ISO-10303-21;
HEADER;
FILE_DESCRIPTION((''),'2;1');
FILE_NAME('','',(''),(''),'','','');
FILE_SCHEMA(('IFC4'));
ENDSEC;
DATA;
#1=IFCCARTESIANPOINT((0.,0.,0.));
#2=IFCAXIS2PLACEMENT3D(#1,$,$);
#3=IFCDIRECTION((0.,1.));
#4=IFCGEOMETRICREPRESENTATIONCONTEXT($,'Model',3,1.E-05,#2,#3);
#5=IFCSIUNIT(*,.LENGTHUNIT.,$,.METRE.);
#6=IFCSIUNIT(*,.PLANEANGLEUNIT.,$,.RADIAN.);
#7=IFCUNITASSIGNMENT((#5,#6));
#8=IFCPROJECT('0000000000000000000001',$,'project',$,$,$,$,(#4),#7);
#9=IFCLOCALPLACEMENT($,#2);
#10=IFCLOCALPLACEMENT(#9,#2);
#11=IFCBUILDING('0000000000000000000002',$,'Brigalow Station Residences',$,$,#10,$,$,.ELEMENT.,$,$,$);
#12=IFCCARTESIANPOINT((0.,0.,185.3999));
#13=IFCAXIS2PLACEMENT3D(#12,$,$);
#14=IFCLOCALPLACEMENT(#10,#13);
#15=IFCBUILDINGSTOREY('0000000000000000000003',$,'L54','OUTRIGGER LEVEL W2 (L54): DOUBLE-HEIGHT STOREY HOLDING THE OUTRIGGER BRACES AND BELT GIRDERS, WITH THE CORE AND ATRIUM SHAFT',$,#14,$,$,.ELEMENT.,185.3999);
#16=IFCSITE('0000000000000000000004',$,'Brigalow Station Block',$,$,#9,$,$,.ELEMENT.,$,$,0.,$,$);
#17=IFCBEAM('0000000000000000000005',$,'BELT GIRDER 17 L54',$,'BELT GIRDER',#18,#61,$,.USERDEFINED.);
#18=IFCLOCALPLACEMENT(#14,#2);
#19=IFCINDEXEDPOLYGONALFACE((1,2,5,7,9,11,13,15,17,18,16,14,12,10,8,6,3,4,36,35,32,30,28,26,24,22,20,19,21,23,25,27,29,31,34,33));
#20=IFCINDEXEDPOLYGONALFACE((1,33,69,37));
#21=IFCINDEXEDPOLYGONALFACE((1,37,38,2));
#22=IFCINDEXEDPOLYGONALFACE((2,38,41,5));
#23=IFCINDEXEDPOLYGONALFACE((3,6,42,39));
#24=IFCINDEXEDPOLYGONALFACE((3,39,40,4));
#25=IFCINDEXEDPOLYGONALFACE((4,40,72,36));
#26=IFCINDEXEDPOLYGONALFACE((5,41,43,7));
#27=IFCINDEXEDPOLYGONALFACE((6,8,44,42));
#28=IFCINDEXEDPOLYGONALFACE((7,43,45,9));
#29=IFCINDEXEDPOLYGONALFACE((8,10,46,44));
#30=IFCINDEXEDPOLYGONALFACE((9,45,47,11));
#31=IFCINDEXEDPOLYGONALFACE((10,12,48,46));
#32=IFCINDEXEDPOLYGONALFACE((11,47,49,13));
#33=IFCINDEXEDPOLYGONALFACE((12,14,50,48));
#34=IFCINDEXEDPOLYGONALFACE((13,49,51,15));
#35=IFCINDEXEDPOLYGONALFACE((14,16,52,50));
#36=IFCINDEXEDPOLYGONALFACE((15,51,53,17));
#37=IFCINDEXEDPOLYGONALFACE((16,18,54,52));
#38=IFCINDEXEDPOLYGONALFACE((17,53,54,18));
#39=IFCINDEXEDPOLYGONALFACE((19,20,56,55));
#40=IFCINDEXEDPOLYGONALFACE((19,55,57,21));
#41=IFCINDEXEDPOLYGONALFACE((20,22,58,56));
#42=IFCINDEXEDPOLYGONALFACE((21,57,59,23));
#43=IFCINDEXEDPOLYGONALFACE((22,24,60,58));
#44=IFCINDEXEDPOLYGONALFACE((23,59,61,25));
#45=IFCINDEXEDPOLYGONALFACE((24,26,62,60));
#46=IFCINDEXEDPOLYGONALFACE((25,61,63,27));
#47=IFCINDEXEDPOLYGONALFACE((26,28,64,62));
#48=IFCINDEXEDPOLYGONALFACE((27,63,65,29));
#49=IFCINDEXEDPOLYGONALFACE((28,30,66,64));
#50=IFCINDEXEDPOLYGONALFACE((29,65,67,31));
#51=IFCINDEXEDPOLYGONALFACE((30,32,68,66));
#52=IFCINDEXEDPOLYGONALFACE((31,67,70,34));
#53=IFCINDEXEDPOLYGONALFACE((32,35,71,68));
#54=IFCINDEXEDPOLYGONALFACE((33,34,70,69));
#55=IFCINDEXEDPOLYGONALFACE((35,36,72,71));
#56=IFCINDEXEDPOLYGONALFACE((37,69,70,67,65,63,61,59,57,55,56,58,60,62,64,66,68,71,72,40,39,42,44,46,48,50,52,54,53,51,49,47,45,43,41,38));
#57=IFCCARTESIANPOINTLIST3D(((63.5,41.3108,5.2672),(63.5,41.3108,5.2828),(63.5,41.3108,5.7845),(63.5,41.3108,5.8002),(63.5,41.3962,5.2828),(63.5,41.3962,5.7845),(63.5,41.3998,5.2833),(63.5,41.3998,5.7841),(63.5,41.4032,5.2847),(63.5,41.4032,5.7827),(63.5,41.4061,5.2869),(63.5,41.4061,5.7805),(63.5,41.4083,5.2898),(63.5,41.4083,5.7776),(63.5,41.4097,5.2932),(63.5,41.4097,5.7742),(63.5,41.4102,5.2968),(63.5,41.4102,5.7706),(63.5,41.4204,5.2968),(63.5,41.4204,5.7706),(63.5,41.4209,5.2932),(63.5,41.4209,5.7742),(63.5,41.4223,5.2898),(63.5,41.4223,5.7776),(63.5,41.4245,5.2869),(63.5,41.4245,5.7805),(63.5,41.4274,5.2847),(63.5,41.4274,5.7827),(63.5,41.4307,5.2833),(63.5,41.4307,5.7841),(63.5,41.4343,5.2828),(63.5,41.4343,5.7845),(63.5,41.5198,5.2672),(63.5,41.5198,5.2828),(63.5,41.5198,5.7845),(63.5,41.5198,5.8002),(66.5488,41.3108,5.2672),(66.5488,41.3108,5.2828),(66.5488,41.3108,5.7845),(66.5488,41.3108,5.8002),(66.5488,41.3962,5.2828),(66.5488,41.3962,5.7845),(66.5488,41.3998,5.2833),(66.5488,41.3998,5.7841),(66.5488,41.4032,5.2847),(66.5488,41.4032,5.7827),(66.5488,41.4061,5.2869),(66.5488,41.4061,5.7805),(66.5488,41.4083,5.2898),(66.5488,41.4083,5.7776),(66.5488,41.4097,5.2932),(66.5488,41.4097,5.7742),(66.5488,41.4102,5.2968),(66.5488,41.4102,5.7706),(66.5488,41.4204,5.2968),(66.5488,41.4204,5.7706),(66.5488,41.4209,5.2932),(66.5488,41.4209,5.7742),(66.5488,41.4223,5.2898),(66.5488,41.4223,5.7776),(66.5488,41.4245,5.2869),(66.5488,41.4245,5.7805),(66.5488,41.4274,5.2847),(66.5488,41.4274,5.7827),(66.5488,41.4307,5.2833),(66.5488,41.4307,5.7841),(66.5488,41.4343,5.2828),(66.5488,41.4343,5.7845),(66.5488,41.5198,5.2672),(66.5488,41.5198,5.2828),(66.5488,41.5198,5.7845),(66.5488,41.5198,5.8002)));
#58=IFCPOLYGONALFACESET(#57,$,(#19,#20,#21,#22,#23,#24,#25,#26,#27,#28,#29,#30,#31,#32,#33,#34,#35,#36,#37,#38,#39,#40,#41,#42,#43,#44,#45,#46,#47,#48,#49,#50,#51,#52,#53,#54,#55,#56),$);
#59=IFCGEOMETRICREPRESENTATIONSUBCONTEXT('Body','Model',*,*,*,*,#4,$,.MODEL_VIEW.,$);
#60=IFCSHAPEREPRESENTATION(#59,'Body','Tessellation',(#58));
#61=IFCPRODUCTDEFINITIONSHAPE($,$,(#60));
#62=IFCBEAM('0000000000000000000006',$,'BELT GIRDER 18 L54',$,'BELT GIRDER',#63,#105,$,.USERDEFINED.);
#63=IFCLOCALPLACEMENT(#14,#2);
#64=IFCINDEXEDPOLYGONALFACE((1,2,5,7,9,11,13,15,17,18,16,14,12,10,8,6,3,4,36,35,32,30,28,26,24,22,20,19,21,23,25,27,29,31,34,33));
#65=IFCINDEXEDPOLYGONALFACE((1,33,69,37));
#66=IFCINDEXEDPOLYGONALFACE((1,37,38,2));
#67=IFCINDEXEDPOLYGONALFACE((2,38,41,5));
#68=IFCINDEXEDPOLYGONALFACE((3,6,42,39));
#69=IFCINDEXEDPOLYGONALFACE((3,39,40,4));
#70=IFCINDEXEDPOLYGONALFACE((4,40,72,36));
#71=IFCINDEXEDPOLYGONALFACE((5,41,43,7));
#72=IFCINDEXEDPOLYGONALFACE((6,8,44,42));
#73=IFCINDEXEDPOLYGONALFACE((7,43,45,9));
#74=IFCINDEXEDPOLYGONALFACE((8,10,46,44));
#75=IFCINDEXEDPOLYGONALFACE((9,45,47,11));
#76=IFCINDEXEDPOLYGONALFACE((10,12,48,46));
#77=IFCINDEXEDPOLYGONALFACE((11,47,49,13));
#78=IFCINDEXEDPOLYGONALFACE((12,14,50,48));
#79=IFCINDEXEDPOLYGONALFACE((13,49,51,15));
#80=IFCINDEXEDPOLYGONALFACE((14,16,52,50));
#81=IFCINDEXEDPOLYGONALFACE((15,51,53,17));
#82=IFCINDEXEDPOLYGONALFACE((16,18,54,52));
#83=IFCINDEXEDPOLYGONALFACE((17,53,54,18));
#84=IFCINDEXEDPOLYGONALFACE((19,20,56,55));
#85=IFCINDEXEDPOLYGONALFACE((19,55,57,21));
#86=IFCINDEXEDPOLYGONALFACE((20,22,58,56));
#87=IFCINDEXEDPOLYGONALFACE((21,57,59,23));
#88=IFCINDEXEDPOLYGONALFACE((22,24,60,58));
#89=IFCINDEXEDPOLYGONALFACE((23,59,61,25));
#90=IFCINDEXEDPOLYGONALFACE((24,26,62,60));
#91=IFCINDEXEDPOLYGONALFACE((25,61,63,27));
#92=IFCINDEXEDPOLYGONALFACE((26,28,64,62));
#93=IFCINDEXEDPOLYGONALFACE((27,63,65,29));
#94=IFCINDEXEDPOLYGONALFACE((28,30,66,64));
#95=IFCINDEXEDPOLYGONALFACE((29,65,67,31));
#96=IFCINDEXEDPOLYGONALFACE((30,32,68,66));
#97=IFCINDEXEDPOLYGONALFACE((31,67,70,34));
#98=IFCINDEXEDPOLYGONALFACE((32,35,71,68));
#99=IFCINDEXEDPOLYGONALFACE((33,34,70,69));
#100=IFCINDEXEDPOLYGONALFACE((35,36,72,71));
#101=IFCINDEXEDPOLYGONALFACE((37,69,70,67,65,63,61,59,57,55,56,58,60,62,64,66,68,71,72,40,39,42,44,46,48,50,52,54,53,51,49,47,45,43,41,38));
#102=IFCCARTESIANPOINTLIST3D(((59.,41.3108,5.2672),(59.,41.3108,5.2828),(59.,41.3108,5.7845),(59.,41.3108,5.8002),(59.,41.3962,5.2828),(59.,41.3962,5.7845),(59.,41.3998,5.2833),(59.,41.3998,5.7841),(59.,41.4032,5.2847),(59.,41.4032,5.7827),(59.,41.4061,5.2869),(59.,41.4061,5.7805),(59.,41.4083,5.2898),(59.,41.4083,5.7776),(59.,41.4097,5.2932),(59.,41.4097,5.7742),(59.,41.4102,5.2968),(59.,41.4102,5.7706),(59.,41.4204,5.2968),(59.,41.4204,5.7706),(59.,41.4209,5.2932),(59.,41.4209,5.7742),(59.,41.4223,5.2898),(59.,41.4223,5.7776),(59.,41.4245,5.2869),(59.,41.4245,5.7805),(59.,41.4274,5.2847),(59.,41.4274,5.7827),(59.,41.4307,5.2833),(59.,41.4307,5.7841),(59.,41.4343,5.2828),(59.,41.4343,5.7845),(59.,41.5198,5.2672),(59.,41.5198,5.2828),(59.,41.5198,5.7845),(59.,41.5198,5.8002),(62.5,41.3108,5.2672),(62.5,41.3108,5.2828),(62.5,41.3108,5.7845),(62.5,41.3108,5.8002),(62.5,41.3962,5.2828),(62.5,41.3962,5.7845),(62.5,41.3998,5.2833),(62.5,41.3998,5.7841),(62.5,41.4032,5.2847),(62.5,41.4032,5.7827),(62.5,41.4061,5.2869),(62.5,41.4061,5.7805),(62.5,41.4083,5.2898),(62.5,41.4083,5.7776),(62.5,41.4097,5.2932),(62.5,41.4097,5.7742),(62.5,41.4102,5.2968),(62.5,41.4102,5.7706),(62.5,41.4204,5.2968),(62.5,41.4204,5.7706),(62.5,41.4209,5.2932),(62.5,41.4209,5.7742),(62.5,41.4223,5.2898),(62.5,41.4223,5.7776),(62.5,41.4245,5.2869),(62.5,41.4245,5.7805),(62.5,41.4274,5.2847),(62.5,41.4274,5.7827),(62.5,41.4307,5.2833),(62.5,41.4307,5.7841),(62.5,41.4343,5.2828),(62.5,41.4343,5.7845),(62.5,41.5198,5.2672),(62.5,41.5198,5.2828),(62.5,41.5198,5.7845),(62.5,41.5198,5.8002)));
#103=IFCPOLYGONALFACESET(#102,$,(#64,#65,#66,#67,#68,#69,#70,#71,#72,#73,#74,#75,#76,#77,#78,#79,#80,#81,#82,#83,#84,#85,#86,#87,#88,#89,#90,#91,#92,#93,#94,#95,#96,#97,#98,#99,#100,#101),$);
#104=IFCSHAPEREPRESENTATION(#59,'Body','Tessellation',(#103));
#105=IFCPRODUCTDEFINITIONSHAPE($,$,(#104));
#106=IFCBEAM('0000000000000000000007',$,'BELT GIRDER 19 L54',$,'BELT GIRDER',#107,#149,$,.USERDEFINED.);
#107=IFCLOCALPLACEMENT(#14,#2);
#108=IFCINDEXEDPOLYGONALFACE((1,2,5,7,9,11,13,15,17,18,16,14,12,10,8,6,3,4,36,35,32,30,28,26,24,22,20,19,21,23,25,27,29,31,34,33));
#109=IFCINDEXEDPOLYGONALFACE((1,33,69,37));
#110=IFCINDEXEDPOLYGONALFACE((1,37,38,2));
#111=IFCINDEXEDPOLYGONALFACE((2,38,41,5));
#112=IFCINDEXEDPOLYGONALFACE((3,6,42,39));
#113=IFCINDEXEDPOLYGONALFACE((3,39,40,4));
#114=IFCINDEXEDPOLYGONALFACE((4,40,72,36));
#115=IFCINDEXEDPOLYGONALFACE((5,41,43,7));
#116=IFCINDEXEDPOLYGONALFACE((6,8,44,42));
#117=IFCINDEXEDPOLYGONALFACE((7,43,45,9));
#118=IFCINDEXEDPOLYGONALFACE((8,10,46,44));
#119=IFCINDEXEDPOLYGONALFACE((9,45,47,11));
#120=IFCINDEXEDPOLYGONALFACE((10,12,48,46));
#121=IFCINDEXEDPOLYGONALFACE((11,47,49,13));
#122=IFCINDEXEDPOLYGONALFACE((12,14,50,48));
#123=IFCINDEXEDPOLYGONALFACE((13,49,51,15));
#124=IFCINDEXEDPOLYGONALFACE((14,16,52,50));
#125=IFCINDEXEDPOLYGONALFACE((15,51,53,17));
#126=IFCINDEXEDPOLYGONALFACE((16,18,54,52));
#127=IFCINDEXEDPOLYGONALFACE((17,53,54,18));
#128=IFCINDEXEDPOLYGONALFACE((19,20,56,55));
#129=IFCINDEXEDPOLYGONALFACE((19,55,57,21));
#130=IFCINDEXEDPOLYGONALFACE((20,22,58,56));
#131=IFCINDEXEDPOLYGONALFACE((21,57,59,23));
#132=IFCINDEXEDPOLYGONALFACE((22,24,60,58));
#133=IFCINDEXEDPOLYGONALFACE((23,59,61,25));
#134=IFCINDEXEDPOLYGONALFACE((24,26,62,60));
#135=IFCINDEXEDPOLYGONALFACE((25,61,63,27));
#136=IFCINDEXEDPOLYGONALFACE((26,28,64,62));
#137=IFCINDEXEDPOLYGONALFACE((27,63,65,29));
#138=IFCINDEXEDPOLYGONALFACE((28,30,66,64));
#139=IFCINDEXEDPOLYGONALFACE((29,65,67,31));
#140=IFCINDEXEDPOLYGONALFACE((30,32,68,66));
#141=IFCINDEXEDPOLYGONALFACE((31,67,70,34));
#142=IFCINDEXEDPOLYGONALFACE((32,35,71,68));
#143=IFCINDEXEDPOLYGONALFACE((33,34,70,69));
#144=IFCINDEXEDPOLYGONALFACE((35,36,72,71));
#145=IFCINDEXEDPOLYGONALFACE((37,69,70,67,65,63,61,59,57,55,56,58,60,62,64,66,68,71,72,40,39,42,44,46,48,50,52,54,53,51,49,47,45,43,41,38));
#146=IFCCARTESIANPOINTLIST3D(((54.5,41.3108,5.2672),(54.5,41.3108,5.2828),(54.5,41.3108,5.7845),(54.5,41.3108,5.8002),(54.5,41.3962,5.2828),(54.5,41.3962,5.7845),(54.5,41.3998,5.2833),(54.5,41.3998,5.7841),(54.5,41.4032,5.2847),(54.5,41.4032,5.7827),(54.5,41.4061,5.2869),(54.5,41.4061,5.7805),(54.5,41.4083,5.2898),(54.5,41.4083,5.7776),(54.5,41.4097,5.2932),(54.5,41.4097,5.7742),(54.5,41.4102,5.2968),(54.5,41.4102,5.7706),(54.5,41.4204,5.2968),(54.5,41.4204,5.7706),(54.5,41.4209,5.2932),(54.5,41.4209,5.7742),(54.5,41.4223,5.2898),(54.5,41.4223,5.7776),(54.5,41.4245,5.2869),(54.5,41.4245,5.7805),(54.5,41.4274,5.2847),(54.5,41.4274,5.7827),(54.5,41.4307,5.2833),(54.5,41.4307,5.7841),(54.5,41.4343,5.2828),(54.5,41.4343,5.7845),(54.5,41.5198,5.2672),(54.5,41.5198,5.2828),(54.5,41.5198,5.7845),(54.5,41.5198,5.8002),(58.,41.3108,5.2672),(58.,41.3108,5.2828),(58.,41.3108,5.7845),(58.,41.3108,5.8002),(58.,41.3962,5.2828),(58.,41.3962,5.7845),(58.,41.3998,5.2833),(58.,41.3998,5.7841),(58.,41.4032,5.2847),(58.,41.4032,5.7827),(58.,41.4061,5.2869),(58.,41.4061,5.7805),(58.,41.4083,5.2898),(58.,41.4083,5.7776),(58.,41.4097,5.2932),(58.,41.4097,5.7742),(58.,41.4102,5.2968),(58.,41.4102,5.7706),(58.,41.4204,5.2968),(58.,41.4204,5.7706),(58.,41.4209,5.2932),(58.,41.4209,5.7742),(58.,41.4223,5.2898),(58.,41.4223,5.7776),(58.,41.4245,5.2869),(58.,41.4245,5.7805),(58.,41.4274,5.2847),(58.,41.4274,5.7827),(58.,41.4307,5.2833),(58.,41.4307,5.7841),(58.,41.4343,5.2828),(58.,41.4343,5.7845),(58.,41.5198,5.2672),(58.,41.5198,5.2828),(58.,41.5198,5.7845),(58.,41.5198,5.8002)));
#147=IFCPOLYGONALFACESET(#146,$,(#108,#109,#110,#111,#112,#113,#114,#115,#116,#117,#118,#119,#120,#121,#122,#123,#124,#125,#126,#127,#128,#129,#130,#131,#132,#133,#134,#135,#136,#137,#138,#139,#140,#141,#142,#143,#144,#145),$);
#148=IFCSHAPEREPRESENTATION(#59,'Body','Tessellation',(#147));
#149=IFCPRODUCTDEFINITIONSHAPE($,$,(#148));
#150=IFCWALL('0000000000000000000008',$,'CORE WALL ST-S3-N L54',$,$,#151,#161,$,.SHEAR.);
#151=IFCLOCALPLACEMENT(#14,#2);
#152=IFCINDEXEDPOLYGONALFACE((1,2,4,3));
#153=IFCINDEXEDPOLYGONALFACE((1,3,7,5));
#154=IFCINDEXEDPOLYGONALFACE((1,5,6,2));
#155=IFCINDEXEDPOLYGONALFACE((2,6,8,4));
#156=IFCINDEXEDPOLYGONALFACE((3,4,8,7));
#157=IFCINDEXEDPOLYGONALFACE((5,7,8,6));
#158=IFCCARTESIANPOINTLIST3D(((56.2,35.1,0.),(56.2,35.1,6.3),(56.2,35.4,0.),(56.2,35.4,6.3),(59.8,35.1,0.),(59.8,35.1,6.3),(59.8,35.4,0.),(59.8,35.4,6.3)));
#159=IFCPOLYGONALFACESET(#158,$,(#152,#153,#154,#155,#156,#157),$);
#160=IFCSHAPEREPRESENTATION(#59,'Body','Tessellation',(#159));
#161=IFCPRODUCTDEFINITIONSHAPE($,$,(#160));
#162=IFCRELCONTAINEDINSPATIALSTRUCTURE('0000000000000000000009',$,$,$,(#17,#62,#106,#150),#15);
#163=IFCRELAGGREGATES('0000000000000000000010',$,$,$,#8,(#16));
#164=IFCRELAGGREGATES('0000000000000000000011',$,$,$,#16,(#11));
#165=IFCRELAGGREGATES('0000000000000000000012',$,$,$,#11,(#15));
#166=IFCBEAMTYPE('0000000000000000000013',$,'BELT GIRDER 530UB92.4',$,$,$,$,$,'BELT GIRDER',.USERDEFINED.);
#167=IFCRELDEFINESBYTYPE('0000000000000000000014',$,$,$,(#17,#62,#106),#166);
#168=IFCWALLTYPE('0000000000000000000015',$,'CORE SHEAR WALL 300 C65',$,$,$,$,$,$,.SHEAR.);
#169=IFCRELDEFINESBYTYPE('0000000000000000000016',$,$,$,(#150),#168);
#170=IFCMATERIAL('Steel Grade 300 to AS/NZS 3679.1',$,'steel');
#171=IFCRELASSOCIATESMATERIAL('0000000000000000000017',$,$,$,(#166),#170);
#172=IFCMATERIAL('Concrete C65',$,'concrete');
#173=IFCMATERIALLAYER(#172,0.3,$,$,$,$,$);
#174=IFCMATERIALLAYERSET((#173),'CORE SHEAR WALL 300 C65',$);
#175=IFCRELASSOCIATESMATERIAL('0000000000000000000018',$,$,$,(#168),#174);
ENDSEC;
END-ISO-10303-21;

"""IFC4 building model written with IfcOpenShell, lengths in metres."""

from ifc_helpers import new_model, si_unit, direction, frame, frame_2d, origin, origin_2d, place, context, subcontext, project, spatial, rectangle, i_section, extrude, material, layer, layer_set, material_profile, profile_set, type_object, element, save


model = new_model("IFC4")

# Units and contexts
model_context = context("Model", 3, precision=1e-05, world=origin(), true_north=direction((0.0, 1.0)))
body_context = subcontext(model_context, "Body", "Model", "MODEL_VIEW")
ifc_project = project(units=[si_unit("LENGTHUNIT", "METRE"), si_unit("PLANEANGLEUNIT", "RADIAN")], contexts=[model_context])

# Site, building, storey
site_placement = place(None, origin())
site = spatial("IfcSite", under=ifc_project, at=site_placement, Name="Brigalow Station Block", CompositionType="ELEMENT", RefElevation=0.0)
building_placement = place(site_placement, origin())
building = spatial("IfcBuilding", under=site, at=building_placement, Name="Brigalow Station Residences", CompositionType="ELEMENT")
storey_placement = place(building_placement, frame((0.0, 0.0, 185.3999)))
storey = spatial("IfcBuildingStorey", under=building, at=storey_placement, Name="L54", Description="OUTRIGGER LEVEL W2 (L54): DOUBLE-HEIGHT STOREY HOLDING THE OUTRIGGER BRACES AND BELT GIRDERS, WITH THE CORE AND ATRIUM SHAFT", CompositionType="ELEMENT", Elevation=185.3999)

# Beams
ifc_material_1 = material(Name="Steel Grade 300 to AS/NZS 3679.1", Category="steel")
ifc_material_profile_1 = material_profile(ifc_material_1, i_section(OverallWidth=0.209, OverallDepth=0.533, WebThickness=0.0103, FlangeThickness=0.0156, FilletRadius=0.0139, at=origin_2d()), Name="530UB92.4")
ifc_profile_set_1 = profile_set([ifc_material_profile_1], Name="Steel Grade 300 to AS/NZS 3679.1")
beam_type = type_object("IfcBeamType", Name="BELT GIRDER 530UB92.4", ElementType="BELT GIRDER", PredefinedType="USERDEFINED", material=ifc_profile_set_1)
beam_1_placement = place(storey_placement, frame((66.5488, 41.4153, 5.5337), z_axis=(-1.0, 0.0, 0.0), x_axis=(0.0, -1.0, 0.0)))
element("IfcBeam", 1, at=beam_1_placement, inside=storey, type_object=beam_type, Name="BELT GIRDER 17 L54", ObjectType="BELT GIRDER", PredefinedType="USERDEFINED", context=body_context, shape_type="SweptSolid", body=[
    extrude(i_section(OverallWidth=0.209, OverallDepth=0.533, WebThickness=0.0103, FlangeThickness=0.0156, FilletRadius=0.0139, at=origin_2d()), origin(), (0.0, 0.0, 1.0), 3.0488),
])
for number, where, z_axis, x_axis, name in (
    (2, (62.5, 41.4153, 5.5337), (-1.0, 0.0, 0.0), (0.0, -1.0, 0.0), "BELT GIRDER 18 L54"),
    (3, (58.0, 41.4153, 5.5337), (-1.0, 0.0, 0.0), (0.0, -1.0, 0.0), "BELT GIRDER 19 L54"),
):
    element("IfcBeam", number, at=place(storey_placement, frame(where, z_axis=z_axis, x_axis=x_axis)), inside=storey, type_object=beam_type, Name=name, ObjectType="BELT GIRDER", PredefinedType="USERDEFINED", context=body_context, shape_type="SweptSolid", body=[
        extrude(i_section(OverallWidth=0.209, OverallDepth=0.533, WebThickness=0.0103, FlangeThickness=0.0156, FilletRadius=0.0139, at=origin_2d()), origin(), (0.0, 0.0, 1.0), 3.5),
    ])

# Wall
ifc_material_2 = material(Name="Concrete C65", Category="concrete")
ifc_layer = layer(ifc_material_2, 0.3)
ifc_layer_set = layer_set([ifc_layer], Name="CORE SHEAR WALL 300 C65")
wall_type = type_object("IfcWallType", Name="CORE SHEAR WALL 300 C65", PredefinedType="SHEAR", material=ifc_layer_set)
wall_placement = place(storey_placement, frame((56.2, 35.25, 0.0), z_axis=(0.0, 0.0, 1.0), x_axis=(1.0, 0.0, 0.0)))
element("IfcWall", 4, at=wall_placement, inside=storey, type_object=wall_type, Name="CORE WALL ST-S3-N L54", PredefinedType="SHEAR", context=body_context, shape_type="SweptSolid", body=[
    extrude(rectangle(XDim=3.6001, YDim=0.3, at=frame_2d((1.8, 0.0))), origin(), (0.0, 0.0, 1.0), 6.3),
])

save(model, "model.ifc")
